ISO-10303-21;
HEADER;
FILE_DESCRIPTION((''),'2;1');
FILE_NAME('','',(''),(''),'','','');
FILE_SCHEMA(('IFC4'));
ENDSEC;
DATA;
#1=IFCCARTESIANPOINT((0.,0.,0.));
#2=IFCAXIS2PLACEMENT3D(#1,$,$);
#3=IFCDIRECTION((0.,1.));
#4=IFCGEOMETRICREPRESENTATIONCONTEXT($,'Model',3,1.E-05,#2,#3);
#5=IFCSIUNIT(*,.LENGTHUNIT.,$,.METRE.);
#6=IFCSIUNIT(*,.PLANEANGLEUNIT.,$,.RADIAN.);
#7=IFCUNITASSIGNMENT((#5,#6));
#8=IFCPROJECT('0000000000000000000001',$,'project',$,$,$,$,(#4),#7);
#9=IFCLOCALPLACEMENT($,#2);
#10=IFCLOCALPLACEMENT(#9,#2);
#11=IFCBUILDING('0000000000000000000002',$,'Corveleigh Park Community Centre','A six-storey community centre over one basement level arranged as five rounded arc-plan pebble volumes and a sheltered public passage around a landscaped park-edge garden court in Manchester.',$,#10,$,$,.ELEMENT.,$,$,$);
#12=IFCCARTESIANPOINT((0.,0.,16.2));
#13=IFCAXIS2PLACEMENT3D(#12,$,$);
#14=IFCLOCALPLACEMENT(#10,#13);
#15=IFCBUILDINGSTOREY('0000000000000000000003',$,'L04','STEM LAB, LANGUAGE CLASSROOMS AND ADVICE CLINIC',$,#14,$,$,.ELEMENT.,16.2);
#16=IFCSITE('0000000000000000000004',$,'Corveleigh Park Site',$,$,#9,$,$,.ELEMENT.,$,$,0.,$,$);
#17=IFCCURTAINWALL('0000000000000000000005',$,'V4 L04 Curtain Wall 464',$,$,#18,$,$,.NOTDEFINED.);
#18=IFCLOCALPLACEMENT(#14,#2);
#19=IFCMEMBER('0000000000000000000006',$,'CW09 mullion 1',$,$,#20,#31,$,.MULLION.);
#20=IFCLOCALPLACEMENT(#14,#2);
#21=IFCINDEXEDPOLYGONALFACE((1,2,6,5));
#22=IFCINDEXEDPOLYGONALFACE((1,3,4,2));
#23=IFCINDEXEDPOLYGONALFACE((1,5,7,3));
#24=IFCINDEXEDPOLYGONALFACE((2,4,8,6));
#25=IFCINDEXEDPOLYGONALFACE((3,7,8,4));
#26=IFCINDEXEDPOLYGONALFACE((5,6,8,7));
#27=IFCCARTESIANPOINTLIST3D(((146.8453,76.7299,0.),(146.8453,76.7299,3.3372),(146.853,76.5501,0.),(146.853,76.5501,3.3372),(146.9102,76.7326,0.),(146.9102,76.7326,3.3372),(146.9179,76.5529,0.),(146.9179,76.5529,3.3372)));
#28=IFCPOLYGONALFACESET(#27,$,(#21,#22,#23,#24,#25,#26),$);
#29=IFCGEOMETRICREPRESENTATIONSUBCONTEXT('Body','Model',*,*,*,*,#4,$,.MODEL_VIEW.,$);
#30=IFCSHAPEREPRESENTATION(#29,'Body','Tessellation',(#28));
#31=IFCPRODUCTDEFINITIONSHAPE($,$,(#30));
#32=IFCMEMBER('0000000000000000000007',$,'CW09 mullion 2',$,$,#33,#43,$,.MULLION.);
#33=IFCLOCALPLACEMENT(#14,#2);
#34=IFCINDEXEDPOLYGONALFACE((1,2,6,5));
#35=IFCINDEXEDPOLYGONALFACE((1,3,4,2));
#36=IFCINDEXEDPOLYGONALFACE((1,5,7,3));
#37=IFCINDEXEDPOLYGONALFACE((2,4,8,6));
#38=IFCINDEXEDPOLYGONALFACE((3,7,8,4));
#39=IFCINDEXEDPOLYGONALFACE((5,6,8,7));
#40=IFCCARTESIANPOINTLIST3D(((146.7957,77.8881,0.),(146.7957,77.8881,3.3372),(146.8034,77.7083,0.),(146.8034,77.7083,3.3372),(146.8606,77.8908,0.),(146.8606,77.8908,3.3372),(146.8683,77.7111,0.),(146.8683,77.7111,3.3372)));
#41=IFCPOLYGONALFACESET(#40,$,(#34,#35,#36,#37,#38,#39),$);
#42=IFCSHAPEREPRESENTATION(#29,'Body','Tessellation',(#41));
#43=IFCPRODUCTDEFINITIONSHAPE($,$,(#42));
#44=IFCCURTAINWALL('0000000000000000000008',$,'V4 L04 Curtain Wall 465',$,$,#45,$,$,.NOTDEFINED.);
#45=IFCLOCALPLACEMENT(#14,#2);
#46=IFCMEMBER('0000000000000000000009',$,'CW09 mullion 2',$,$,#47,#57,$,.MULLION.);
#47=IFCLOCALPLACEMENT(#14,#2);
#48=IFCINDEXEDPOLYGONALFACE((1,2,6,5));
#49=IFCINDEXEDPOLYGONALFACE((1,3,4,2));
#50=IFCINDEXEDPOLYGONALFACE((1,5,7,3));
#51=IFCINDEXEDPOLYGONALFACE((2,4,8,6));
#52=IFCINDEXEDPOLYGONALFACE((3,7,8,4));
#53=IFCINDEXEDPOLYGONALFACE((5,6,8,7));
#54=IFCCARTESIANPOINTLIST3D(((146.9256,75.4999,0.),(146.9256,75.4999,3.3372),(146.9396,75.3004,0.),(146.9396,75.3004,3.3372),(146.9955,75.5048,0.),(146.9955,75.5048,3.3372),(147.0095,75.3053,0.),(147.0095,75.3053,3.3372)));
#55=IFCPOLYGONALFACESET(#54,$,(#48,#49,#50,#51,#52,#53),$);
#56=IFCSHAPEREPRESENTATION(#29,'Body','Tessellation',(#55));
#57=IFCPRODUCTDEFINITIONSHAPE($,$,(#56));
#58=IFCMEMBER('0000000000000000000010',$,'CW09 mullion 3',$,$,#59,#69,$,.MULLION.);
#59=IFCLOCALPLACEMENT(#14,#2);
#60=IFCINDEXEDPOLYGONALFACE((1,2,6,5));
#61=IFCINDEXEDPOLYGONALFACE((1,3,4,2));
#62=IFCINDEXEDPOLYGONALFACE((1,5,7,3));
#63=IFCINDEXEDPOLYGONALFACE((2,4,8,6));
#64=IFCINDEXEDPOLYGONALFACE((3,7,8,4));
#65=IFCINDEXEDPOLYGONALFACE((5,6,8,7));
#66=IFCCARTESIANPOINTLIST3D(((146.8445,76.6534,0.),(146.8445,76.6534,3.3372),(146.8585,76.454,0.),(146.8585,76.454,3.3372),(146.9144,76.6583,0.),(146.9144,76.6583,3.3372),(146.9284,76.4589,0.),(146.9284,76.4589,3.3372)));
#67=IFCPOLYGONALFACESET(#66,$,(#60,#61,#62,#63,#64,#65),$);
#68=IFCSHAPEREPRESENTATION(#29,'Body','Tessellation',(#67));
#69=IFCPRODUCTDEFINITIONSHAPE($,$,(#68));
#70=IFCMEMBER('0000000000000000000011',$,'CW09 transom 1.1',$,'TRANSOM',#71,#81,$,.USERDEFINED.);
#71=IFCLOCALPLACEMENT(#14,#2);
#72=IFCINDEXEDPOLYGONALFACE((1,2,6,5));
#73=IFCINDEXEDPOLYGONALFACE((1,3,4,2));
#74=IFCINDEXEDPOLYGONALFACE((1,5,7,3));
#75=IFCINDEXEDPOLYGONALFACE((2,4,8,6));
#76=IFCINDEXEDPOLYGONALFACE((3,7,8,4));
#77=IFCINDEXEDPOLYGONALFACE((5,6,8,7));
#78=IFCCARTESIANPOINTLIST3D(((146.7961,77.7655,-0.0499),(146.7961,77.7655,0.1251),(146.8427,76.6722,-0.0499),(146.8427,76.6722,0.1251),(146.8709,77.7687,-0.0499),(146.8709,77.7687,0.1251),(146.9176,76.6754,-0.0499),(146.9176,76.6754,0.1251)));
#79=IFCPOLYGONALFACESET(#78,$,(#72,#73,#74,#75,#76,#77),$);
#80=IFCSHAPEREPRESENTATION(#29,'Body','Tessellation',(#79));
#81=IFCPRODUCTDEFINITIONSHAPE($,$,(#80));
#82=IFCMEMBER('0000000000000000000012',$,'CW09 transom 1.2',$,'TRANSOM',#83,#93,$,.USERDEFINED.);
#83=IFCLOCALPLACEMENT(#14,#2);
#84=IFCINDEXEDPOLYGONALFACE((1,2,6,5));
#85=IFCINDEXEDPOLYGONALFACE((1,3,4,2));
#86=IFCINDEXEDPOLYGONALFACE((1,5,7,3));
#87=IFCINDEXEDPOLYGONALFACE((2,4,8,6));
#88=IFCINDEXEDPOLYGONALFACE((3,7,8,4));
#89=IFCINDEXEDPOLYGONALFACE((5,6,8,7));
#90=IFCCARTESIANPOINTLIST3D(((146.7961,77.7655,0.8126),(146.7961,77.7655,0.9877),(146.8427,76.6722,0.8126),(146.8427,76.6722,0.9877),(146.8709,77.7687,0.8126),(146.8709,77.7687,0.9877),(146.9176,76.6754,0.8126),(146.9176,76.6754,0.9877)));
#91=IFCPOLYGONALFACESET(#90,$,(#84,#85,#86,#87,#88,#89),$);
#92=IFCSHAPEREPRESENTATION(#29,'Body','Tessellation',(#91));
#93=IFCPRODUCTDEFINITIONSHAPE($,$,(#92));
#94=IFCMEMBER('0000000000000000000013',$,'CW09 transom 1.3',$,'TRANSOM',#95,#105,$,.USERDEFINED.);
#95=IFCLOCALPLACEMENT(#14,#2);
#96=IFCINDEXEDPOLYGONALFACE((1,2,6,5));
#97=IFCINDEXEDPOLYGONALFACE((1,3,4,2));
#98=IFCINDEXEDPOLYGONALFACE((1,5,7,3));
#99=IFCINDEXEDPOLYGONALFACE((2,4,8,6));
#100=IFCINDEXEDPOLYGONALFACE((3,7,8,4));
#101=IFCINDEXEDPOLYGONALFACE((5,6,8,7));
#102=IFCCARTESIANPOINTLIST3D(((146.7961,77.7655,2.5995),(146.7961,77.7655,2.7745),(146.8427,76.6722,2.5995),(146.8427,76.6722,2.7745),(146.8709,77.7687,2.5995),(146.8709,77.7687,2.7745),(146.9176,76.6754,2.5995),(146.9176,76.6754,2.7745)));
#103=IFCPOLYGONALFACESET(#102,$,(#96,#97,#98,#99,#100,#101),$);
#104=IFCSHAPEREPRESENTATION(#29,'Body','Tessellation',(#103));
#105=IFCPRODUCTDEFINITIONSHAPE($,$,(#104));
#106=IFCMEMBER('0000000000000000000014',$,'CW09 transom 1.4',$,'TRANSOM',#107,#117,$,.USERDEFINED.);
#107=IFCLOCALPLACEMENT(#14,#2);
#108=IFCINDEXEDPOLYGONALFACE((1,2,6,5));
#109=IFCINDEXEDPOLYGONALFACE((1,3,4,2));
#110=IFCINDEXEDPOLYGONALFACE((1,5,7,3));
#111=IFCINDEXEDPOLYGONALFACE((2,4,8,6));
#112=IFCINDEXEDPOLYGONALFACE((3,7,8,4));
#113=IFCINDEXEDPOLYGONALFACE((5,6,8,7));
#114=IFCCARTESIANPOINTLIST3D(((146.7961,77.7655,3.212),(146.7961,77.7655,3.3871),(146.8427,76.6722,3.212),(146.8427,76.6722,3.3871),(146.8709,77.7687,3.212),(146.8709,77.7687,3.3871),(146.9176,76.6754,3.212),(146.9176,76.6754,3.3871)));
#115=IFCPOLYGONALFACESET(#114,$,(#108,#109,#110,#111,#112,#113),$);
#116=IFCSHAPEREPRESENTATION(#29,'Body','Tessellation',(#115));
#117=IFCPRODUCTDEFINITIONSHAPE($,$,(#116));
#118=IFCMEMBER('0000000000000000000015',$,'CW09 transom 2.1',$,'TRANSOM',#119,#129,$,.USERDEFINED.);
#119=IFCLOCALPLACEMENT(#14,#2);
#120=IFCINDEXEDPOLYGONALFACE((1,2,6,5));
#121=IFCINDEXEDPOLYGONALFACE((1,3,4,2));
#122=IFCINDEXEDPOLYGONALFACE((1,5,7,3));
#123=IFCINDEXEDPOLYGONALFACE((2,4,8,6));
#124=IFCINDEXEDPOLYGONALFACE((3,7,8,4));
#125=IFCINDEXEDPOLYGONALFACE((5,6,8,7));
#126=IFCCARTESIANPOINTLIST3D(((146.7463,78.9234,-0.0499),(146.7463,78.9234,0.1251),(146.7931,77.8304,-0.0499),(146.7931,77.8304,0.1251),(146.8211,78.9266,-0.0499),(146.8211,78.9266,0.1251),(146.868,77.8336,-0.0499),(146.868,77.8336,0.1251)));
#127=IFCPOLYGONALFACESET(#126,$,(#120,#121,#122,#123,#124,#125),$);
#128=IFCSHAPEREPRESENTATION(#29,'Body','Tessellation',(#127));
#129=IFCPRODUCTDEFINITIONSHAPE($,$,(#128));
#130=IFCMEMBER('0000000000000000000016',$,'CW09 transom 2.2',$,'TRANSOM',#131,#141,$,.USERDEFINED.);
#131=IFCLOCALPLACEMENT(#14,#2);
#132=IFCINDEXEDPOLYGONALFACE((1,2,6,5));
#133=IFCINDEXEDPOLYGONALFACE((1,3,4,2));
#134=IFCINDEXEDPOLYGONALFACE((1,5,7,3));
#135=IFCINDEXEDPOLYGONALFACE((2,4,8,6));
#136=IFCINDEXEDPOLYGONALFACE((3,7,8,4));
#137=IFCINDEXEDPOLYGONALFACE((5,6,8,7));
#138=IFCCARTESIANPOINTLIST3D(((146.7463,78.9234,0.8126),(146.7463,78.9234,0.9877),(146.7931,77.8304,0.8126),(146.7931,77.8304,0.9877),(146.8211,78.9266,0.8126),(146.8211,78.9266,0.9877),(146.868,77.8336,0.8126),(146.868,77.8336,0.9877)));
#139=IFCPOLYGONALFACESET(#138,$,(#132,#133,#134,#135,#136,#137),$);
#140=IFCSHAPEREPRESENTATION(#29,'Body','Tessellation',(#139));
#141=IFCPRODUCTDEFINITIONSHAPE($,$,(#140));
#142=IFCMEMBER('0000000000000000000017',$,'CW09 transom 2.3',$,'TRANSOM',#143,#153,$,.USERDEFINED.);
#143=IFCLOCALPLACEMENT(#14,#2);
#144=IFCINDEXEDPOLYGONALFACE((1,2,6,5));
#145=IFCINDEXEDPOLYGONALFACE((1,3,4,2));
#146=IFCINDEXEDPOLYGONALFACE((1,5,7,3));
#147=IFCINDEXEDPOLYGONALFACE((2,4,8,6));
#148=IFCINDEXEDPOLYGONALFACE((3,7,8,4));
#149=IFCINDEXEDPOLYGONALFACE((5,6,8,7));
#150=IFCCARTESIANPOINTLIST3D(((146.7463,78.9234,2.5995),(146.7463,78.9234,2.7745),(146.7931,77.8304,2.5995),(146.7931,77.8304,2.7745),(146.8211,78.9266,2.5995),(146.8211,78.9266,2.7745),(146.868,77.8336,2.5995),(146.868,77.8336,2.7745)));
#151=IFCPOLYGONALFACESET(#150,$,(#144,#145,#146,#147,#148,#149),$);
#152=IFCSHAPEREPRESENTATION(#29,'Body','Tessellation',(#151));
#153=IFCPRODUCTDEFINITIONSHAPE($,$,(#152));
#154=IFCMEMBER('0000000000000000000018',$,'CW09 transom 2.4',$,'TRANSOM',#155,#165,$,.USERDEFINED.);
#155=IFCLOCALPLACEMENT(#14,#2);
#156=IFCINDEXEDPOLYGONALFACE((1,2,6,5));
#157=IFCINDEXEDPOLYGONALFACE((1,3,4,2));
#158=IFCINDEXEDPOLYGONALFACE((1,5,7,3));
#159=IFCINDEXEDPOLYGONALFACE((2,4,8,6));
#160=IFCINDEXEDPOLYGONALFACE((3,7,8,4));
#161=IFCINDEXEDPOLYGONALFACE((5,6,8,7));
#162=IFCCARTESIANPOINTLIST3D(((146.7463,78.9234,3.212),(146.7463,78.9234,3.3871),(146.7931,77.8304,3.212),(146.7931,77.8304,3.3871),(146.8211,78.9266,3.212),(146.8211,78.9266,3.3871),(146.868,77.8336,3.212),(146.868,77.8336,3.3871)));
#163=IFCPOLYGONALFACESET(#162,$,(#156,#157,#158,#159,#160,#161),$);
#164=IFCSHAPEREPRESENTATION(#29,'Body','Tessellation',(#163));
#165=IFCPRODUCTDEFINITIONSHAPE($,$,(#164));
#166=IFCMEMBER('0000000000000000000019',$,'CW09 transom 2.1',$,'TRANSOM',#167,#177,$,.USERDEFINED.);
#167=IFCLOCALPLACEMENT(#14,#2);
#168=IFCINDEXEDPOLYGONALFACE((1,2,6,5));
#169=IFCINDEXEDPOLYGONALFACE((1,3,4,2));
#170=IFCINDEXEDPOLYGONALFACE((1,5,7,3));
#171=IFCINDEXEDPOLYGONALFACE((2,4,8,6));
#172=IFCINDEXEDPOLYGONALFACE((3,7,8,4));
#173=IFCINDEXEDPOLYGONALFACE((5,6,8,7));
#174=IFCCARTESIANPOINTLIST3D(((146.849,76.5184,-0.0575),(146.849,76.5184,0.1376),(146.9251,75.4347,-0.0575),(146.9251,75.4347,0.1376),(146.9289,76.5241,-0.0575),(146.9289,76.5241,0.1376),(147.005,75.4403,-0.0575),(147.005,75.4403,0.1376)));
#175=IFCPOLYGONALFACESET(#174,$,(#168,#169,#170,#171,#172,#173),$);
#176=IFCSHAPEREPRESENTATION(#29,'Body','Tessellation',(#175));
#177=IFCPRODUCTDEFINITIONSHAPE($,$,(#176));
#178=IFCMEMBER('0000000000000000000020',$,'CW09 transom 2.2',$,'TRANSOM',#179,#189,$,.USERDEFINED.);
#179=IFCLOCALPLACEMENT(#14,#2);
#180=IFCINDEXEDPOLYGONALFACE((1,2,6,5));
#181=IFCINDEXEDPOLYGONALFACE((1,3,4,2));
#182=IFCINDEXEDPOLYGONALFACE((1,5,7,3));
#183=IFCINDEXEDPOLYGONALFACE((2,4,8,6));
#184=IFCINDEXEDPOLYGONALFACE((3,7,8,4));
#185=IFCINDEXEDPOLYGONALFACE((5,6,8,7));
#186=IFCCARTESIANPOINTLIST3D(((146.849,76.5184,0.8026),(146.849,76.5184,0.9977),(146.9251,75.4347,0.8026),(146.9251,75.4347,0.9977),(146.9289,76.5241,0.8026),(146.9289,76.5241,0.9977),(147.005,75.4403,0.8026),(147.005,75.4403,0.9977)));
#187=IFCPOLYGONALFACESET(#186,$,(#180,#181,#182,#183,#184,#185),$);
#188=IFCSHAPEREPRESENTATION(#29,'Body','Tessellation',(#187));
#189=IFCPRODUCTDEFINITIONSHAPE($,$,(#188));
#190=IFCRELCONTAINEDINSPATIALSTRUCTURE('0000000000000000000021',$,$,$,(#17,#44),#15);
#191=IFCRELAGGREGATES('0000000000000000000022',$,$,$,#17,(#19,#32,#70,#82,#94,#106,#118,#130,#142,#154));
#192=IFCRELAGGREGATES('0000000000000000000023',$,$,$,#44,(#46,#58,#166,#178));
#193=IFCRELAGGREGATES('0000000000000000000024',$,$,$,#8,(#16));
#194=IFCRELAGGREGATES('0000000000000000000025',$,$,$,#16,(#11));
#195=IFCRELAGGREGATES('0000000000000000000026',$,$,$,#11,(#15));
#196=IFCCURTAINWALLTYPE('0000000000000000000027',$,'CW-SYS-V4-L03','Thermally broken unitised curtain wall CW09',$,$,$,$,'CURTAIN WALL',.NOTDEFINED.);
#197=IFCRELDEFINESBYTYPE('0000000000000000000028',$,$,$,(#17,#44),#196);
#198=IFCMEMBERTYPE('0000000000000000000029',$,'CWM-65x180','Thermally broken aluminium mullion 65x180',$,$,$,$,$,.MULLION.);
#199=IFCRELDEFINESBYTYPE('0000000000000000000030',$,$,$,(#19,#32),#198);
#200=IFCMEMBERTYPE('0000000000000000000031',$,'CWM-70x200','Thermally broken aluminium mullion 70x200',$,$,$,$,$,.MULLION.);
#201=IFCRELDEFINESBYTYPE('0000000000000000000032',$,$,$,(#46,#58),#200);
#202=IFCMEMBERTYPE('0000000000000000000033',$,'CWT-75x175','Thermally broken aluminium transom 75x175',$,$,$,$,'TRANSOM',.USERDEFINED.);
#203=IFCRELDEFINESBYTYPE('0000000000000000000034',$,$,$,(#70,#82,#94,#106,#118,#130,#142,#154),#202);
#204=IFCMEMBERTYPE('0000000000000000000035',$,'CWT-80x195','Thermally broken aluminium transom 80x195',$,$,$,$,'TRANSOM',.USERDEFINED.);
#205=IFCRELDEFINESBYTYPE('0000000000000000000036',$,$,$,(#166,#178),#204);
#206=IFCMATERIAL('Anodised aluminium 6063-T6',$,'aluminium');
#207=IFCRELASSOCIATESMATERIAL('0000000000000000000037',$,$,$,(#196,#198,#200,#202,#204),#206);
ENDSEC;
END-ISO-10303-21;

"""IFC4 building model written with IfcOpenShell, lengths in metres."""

from ifc_helpers import new_model, si_unit, direction, frame, origin, origin_2d, place, context, subcontext, project, spatial, rectangle, extrude, material, material_profile, profile_set, type_object, element, aggregate, save


model = new_model("IFC4")

# Units and contexts
model_context = context("Model", 3, precision=1e-05, world=origin(), true_north=direction((0.0, 1.0)))
body_context = subcontext(model_context, "Body", "Model", "MODEL_VIEW")
ifc_project = project(units=[si_unit("LENGTHUNIT", "METRE"), si_unit("PLANEANGLEUNIT", "RADIAN")], contexts=[model_context])

# Site, building, storey
site_placement = place(None, origin())
site = spatial("IfcSite", under=ifc_project, at=site_placement, Name="Corveleigh Park Site", CompositionType="ELEMENT", RefElevation=0.0)
building_placement = place(site_placement, origin())
building = spatial("IfcBuilding", under=site, at=building_placement, Name="Corveleigh Park Community Centre", Description="A six-storey community centre over one basement level arranged as five rounded arc-plan pebble volumes and a sheltered public passage around a landscaped park-edge garden court in Manchester.", CompositionType="ELEMENT")
storey_placement = place(building_placement, frame((0.0, 0.0, 16.2)))
storey = spatial("IfcBuildingStorey", under=building, at=storey_placement, Name="L04", Description="STEM LAB, LANGUAGE CLASSROOMS AND ADVICE CLINIC", CompositionType="ELEMENT", Elevation=16.2)

# Curtain walls, members
ifc_material_1 = material(Name="Anodised aluminium 6063-T6", Category="aluminium")
curtain_wall_type = type_object("IfcCurtainWallType", Name="CW-SYS-V4-L03", Description="Thermally broken unitised curtain wall CW09", ElementType="CURTAIN WALL", PredefinedType="NOTDEFINED", material=ifc_material_1)
curtain_wall_1_placement = place(storey_placement, origin())
curtain_wall_1 = element("IfcCurtainWall", 1, at=curtain_wall_1_placement, inside=storey, type_object=curtain_wall_type, Name="V4 L04 Curtain Wall 464", PredefinedType="NOTDEFINED")
ifc_material_profile_1 = material_profile(ifc_material_1, rectangle(XDim=0.0649, YDim=0.1799, at=origin_2d()), Name="ALU-M65x180", Category="aluminium")
ifc_profile_set_1 = profile_set([ifc_material_profile_1], Name="Anodised aluminium 6063-T6")
member_type_1 = type_object("IfcMemberType", Name="CWM-65x180", Description="Thermally broken aluminium mullion 65x180", PredefinedType="MULLION", material=ifc_profile_set_1)
member_1_placement = place(storey_placement, frame((146.8816, 76.6414, 0.0), z_axis=(0.0, 0.0, 1.0), x_axis=(-0.999084, -0.0428, 0.0)))
member_1 = element("IfcMember", 2, at=member_1_placement, type_object=member_type_1, Name="CW09 mullion 1", PredefinedType="MULLION", context=body_context, shape_type="SweptSolid", body=[
    extrude(rectangle(XDim=0.0649, YDim=0.1799, at=origin_2d()), origin(), (0.0, 0.0, 1.0), 3.3372),
])
member_2_placement = place(storey_placement, frame((146.832, 77.7996, 0.0), z_axis=(0.0, 0.0, 1.0), x_axis=(-0.999084, -0.0428, 0.0)))
member_2 = element("IfcMember", 3, at=member_2_placement, type_object=member_type_1, Name="CW09 mullion 2", PredefinedType="MULLION", context=body_context, shape_type="SweptSolid", body=[
    extrude(rectangle(XDim=0.0649, YDim=0.1799, at=origin_2d()), origin(), (0.0, 0.0, 1.0), 3.3372),
])
curtain_wall_2_placement = place(storey_placement, origin())
curtain_wall_2 = element("IfcCurtainWall", 4, at=curtain_wall_2_placement, inside=storey, type_object=curtain_wall_type, Name="V4 L04 Curtain Wall 465", PredefinedType="NOTDEFINED")
ifc_material_profile_2 = material_profile(ifc_material_1, rectangle(XDim=0.0701, YDim=0.2, at=origin_2d()), Name="ALU-M70x200", Category="aluminium")
ifc_profile_set_2 = profile_set([ifc_material_profile_2], Name="Anodised aluminium 6063-T6")
member_type_2 = type_object("IfcMemberType", Name="CWM-70x200", Description="Thermally broken aluminium mullion 70x200", PredefinedType="MULLION", material=ifc_profile_set_2)
member_3_placement = place(storey_placement, frame((146.9675, 75.4026, 0.0), z_axis=(0.0, 0.0, 1.0), x_axis=(-0.997541, -0.070084, 0.0)))
member_3 = element("IfcMember", 5, at=member_3_placement, type_object=member_type_2, Name="CW09 mullion 2", PredefinedType="MULLION", context=body_context, shape_type="SweptSolid", body=[
    extrude(rectangle(XDim=0.0701, YDim=0.2, at=origin_2d()), origin(), (0.0, 0.0, 1.0), 3.3372),
])
member_4_placement = place(storey_placement, frame((146.8865, 76.5562, 0.0), z_axis=(0.0, 0.0, 1.0), x_axis=(-0.997541, -0.070084, 0.0)))
member_4 = element("IfcMember", 6, at=member_4_placement, type_object=member_type_2, Name="CW09 mullion 3", PredefinedType="MULLION", context=body_context, shape_type="SweptSolid", body=[
    extrude(rectangle(XDim=0.0701, YDim=0.2, at=origin_2d()), origin(), (0.0, 0.0, 1.0), 3.3372),
])

# Members
ifc_material_profile_3 = material_profile(ifc_material_1, rectangle(XDim=0.075, YDim=0.175, at=origin_2d()), Name="ALU-T75x175", Category="aluminium")
ifc_profile_set_3 = profile_set([ifc_material_profile_3], Name="Anodised aluminium 6063-T6")
member_type_3 = type_object("IfcMemberType", Name="CWT-75x175", Description="Thermally broken aluminium transom 75x175", ElementType="TRANSOM", PredefinedType="USERDEFINED", material=ifc_profile_set_3)
member_5_placement = place(storey_placement, frame((146.8801, 76.6738, 0.0376), z_axis=(-0.042614, 0.999092, 0.0), x_axis=(-0.999092, -0.042614, 0.0)))
member_5 = element("IfcMember", 7, at=member_5_placement, type_object=member_type_3, Name="CW09 transom 1.1", ObjectType="TRANSOM", PredefinedType="USERDEFINED", context=body_context, shape_type="SweptSolid", body=[
    extrude(rectangle(XDim=0.075, YDim=0.175, at=origin_2d()), origin(), (0.0, 0.0, 1.0), 1.0942),
])
member_6_placement = place(storey_placement, frame((146.8801, 76.6738, 0.9001), z_axis=(-0.042614, 0.999092, 0.0), x_axis=(-0.999092, -0.042614, 0.0)))
member_6 = element("IfcMember", 8, at=member_6_placement, type_object=member_type_3, Name="CW09 transom 1.2", ObjectType="TRANSOM", PredefinedType="USERDEFINED", context=body_context, shape_type="SweptSolid", body=[
    extrude(rectangle(XDim=0.075, YDim=0.175, at=origin_2d()), origin(), (0.0, 0.0, 1.0), 1.0942),
])
member_7_placement = place(storey_placement, frame((146.8801, 76.6738, 2.687), z_axis=(-0.042614, 0.999092, 0.0), x_axis=(-0.999092, -0.042614, 0.0)))
member_7 = element("IfcMember", 9, at=member_7_placement, type_object=member_type_3, Name="CW09 transom 1.3", ObjectType="TRANSOM", PredefinedType="USERDEFINED", context=body_context, shape_type="SweptSolid", body=[
    extrude(rectangle(XDim=0.075, YDim=0.175, at=origin_2d()), origin(), (0.0, 0.0, 1.0), 1.0942),
])
member_8_placement = place(storey_placement, frame((146.8801, 76.6738, 3.2996), z_axis=(-0.042614, 0.999092, 0.0), x_axis=(-0.999092, -0.042614, 0.0)))
member_8 = element("IfcMember", 10, at=member_8_placement, type_object=member_type_3, Name="CW09 transom 1.4", ObjectType="TRANSOM", PredefinedType="USERDEFINED", context=body_context, shape_type="SweptSolid", body=[
    extrude(rectangle(XDim=0.075, YDim=0.175, at=origin_2d()), origin(), (0.0, 0.0, 1.0), 1.0942),
])
member_9_placement = place(storey_placement, frame((146.8306, 77.832, 0.0376), z_axis=(-0.042846, 0.999082, 0.0), x_axis=(-0.999082, -0.042846, 0.0)))
member_9 = element("IfcMember", 11, at=member_9_placement, type_object=member_type_3, Name="CW09 transom 2.1", ObjectType="TRANSOM", PredefinedType="USERDEFINED", context=body_context, shape_type="SweptSolid", body=[
    extrude(rectangle(XDim=0.075, YDim=0.175, at=origin_2d()), origin(), (0.0, 0.0, 1.0), 1.094),
])
member_10_placement = place(storey_placement, frame((146.8306, 77.832, 0.9001), z_axis=(-0.042846, 0.999082, 0.0), x_axis=(-0.999082, -0.042846, 0.0)))
member_10 = element("IfcMember", 12, at=member_10_placement, type_object=member_type_3, Name="CW09 transom 2.2", ObjectType="TRANSOM", PredefinedType="USERDEFINED", context=body_context, shape_type="SweptSolid", body=[
    extrude(rectangle(XDim=0.075, YDim=0.175, at=origin_2d()), origin(), (0.0, 0.0, 1.0), 1.094),
])
member_11_placement = place(storey_placement, frame((146.8306, 77.832, 2.687), z_axis=(-0.042846, 0.999082, 0.0), x_axis=(-0.999082, -0.042846, 0.0)))
member_11 = element("IfcMember", 13, at=member_11_placement, type_object=member_type_3, Name="CW09 transom 2.3", ObjectType="TRANSOM", PredefinedType="USERDEFINED", context=body_context, shape_type="SweptSolid", body=[
    extrude(rectangle(XDim=0.075, YDim=0.175, at=origin_2d()), origin(), (0.0, 0.0, 1.0), 1.094),
])
member_12_placement = place(storey_placement, frame((146.8306, 77.832, 3.2996), z_axis=(-0.042846, 0.999082, 0.0), x_axis=(-0.999082, -0.042846, 0.0)))
member_12 = element("IfcMember", 14, at=member_12_placement, type_object=member_type_3, Name="CW09 transom 2.4", ObjectType="TRANSOM", PredefinedType="USERDEFINED", context=body_context, shape_type="SweptSolid", body=[
    extrude(rectangle(XDim=0.075, YDim=0.175, at=origin_2d()), origin(), (0.0, 0.0, 1.0), 1.094),
])
ifc_material_profile_4 = material_profile(ifc_material_1, rectangle(XDim=0.0801, YDim=0.1951, at=origin_2d()), Name="ALU-T80x195", Category="aluminium")
ifc_profile_set_4 = profile_set([ifc_material_profile_4], Name="Anodised aluminium 6063-T6")
member_type_4 = type_object("IfcMemberType", Name="CWT-80x195", Description="Thermally broken aluminium transom 80x195", ElementType="TRANSOM", PredefinedType="USERDEFINED", material=ifc_profile_set_4)
member_13_placement = place(storey_placement, frame((146.9651, 75.4375, 0.04), z_axis=(-0.070113, 0.997539, 0.0), x_axis=(-0.997539, -0.070113, 0.0)))
member_13 = element("IfcMember", 15, at=member_13_placement, type_object=member_type_4, Name="CW09 transom 2.1", ObjectType="TRANSOM", PredefinedType="USERDEFINED", context=body_context, shape_type="SweptSolid", body=[
    extrude(rectangle(XDim=0.0801, YDim=0.1951, at=origin_2d()), origin(), (0.0, 0.0, 1.0), 1.0864),
])
member_14_placement = place(storey_placement, frame((146.9651, 75.4375, 0.9001), z_axis=(-0.070113, 0.997539, 0.0), x_axis=(-0.997539, -0.070113, 0.0)))
member_14 = element("IfcMember", 16, at=member_14_placement, type_object=member_type_4, Name="CW09 transom 2.2", ObjectType="TRANSOM", PredefinedType="USERDEFINED", context=body_context, shape_type="SweptSolid", body=[
    extrude(rectangle(XDim=0.0801, YDim=0.1951, at=origin_2d()), origin(), (0.0, 0.0, 1.0), 1.0864),
])

aggregate(curtain_wall_1, [member_1, member_2, member_5, member_6, member_7, member_8, member_9, member_10, member_11, member_12])
aggregate(curtain_wall_2, [member_3, member_4, member_13, member_14])

save(model, "model.ifc")
